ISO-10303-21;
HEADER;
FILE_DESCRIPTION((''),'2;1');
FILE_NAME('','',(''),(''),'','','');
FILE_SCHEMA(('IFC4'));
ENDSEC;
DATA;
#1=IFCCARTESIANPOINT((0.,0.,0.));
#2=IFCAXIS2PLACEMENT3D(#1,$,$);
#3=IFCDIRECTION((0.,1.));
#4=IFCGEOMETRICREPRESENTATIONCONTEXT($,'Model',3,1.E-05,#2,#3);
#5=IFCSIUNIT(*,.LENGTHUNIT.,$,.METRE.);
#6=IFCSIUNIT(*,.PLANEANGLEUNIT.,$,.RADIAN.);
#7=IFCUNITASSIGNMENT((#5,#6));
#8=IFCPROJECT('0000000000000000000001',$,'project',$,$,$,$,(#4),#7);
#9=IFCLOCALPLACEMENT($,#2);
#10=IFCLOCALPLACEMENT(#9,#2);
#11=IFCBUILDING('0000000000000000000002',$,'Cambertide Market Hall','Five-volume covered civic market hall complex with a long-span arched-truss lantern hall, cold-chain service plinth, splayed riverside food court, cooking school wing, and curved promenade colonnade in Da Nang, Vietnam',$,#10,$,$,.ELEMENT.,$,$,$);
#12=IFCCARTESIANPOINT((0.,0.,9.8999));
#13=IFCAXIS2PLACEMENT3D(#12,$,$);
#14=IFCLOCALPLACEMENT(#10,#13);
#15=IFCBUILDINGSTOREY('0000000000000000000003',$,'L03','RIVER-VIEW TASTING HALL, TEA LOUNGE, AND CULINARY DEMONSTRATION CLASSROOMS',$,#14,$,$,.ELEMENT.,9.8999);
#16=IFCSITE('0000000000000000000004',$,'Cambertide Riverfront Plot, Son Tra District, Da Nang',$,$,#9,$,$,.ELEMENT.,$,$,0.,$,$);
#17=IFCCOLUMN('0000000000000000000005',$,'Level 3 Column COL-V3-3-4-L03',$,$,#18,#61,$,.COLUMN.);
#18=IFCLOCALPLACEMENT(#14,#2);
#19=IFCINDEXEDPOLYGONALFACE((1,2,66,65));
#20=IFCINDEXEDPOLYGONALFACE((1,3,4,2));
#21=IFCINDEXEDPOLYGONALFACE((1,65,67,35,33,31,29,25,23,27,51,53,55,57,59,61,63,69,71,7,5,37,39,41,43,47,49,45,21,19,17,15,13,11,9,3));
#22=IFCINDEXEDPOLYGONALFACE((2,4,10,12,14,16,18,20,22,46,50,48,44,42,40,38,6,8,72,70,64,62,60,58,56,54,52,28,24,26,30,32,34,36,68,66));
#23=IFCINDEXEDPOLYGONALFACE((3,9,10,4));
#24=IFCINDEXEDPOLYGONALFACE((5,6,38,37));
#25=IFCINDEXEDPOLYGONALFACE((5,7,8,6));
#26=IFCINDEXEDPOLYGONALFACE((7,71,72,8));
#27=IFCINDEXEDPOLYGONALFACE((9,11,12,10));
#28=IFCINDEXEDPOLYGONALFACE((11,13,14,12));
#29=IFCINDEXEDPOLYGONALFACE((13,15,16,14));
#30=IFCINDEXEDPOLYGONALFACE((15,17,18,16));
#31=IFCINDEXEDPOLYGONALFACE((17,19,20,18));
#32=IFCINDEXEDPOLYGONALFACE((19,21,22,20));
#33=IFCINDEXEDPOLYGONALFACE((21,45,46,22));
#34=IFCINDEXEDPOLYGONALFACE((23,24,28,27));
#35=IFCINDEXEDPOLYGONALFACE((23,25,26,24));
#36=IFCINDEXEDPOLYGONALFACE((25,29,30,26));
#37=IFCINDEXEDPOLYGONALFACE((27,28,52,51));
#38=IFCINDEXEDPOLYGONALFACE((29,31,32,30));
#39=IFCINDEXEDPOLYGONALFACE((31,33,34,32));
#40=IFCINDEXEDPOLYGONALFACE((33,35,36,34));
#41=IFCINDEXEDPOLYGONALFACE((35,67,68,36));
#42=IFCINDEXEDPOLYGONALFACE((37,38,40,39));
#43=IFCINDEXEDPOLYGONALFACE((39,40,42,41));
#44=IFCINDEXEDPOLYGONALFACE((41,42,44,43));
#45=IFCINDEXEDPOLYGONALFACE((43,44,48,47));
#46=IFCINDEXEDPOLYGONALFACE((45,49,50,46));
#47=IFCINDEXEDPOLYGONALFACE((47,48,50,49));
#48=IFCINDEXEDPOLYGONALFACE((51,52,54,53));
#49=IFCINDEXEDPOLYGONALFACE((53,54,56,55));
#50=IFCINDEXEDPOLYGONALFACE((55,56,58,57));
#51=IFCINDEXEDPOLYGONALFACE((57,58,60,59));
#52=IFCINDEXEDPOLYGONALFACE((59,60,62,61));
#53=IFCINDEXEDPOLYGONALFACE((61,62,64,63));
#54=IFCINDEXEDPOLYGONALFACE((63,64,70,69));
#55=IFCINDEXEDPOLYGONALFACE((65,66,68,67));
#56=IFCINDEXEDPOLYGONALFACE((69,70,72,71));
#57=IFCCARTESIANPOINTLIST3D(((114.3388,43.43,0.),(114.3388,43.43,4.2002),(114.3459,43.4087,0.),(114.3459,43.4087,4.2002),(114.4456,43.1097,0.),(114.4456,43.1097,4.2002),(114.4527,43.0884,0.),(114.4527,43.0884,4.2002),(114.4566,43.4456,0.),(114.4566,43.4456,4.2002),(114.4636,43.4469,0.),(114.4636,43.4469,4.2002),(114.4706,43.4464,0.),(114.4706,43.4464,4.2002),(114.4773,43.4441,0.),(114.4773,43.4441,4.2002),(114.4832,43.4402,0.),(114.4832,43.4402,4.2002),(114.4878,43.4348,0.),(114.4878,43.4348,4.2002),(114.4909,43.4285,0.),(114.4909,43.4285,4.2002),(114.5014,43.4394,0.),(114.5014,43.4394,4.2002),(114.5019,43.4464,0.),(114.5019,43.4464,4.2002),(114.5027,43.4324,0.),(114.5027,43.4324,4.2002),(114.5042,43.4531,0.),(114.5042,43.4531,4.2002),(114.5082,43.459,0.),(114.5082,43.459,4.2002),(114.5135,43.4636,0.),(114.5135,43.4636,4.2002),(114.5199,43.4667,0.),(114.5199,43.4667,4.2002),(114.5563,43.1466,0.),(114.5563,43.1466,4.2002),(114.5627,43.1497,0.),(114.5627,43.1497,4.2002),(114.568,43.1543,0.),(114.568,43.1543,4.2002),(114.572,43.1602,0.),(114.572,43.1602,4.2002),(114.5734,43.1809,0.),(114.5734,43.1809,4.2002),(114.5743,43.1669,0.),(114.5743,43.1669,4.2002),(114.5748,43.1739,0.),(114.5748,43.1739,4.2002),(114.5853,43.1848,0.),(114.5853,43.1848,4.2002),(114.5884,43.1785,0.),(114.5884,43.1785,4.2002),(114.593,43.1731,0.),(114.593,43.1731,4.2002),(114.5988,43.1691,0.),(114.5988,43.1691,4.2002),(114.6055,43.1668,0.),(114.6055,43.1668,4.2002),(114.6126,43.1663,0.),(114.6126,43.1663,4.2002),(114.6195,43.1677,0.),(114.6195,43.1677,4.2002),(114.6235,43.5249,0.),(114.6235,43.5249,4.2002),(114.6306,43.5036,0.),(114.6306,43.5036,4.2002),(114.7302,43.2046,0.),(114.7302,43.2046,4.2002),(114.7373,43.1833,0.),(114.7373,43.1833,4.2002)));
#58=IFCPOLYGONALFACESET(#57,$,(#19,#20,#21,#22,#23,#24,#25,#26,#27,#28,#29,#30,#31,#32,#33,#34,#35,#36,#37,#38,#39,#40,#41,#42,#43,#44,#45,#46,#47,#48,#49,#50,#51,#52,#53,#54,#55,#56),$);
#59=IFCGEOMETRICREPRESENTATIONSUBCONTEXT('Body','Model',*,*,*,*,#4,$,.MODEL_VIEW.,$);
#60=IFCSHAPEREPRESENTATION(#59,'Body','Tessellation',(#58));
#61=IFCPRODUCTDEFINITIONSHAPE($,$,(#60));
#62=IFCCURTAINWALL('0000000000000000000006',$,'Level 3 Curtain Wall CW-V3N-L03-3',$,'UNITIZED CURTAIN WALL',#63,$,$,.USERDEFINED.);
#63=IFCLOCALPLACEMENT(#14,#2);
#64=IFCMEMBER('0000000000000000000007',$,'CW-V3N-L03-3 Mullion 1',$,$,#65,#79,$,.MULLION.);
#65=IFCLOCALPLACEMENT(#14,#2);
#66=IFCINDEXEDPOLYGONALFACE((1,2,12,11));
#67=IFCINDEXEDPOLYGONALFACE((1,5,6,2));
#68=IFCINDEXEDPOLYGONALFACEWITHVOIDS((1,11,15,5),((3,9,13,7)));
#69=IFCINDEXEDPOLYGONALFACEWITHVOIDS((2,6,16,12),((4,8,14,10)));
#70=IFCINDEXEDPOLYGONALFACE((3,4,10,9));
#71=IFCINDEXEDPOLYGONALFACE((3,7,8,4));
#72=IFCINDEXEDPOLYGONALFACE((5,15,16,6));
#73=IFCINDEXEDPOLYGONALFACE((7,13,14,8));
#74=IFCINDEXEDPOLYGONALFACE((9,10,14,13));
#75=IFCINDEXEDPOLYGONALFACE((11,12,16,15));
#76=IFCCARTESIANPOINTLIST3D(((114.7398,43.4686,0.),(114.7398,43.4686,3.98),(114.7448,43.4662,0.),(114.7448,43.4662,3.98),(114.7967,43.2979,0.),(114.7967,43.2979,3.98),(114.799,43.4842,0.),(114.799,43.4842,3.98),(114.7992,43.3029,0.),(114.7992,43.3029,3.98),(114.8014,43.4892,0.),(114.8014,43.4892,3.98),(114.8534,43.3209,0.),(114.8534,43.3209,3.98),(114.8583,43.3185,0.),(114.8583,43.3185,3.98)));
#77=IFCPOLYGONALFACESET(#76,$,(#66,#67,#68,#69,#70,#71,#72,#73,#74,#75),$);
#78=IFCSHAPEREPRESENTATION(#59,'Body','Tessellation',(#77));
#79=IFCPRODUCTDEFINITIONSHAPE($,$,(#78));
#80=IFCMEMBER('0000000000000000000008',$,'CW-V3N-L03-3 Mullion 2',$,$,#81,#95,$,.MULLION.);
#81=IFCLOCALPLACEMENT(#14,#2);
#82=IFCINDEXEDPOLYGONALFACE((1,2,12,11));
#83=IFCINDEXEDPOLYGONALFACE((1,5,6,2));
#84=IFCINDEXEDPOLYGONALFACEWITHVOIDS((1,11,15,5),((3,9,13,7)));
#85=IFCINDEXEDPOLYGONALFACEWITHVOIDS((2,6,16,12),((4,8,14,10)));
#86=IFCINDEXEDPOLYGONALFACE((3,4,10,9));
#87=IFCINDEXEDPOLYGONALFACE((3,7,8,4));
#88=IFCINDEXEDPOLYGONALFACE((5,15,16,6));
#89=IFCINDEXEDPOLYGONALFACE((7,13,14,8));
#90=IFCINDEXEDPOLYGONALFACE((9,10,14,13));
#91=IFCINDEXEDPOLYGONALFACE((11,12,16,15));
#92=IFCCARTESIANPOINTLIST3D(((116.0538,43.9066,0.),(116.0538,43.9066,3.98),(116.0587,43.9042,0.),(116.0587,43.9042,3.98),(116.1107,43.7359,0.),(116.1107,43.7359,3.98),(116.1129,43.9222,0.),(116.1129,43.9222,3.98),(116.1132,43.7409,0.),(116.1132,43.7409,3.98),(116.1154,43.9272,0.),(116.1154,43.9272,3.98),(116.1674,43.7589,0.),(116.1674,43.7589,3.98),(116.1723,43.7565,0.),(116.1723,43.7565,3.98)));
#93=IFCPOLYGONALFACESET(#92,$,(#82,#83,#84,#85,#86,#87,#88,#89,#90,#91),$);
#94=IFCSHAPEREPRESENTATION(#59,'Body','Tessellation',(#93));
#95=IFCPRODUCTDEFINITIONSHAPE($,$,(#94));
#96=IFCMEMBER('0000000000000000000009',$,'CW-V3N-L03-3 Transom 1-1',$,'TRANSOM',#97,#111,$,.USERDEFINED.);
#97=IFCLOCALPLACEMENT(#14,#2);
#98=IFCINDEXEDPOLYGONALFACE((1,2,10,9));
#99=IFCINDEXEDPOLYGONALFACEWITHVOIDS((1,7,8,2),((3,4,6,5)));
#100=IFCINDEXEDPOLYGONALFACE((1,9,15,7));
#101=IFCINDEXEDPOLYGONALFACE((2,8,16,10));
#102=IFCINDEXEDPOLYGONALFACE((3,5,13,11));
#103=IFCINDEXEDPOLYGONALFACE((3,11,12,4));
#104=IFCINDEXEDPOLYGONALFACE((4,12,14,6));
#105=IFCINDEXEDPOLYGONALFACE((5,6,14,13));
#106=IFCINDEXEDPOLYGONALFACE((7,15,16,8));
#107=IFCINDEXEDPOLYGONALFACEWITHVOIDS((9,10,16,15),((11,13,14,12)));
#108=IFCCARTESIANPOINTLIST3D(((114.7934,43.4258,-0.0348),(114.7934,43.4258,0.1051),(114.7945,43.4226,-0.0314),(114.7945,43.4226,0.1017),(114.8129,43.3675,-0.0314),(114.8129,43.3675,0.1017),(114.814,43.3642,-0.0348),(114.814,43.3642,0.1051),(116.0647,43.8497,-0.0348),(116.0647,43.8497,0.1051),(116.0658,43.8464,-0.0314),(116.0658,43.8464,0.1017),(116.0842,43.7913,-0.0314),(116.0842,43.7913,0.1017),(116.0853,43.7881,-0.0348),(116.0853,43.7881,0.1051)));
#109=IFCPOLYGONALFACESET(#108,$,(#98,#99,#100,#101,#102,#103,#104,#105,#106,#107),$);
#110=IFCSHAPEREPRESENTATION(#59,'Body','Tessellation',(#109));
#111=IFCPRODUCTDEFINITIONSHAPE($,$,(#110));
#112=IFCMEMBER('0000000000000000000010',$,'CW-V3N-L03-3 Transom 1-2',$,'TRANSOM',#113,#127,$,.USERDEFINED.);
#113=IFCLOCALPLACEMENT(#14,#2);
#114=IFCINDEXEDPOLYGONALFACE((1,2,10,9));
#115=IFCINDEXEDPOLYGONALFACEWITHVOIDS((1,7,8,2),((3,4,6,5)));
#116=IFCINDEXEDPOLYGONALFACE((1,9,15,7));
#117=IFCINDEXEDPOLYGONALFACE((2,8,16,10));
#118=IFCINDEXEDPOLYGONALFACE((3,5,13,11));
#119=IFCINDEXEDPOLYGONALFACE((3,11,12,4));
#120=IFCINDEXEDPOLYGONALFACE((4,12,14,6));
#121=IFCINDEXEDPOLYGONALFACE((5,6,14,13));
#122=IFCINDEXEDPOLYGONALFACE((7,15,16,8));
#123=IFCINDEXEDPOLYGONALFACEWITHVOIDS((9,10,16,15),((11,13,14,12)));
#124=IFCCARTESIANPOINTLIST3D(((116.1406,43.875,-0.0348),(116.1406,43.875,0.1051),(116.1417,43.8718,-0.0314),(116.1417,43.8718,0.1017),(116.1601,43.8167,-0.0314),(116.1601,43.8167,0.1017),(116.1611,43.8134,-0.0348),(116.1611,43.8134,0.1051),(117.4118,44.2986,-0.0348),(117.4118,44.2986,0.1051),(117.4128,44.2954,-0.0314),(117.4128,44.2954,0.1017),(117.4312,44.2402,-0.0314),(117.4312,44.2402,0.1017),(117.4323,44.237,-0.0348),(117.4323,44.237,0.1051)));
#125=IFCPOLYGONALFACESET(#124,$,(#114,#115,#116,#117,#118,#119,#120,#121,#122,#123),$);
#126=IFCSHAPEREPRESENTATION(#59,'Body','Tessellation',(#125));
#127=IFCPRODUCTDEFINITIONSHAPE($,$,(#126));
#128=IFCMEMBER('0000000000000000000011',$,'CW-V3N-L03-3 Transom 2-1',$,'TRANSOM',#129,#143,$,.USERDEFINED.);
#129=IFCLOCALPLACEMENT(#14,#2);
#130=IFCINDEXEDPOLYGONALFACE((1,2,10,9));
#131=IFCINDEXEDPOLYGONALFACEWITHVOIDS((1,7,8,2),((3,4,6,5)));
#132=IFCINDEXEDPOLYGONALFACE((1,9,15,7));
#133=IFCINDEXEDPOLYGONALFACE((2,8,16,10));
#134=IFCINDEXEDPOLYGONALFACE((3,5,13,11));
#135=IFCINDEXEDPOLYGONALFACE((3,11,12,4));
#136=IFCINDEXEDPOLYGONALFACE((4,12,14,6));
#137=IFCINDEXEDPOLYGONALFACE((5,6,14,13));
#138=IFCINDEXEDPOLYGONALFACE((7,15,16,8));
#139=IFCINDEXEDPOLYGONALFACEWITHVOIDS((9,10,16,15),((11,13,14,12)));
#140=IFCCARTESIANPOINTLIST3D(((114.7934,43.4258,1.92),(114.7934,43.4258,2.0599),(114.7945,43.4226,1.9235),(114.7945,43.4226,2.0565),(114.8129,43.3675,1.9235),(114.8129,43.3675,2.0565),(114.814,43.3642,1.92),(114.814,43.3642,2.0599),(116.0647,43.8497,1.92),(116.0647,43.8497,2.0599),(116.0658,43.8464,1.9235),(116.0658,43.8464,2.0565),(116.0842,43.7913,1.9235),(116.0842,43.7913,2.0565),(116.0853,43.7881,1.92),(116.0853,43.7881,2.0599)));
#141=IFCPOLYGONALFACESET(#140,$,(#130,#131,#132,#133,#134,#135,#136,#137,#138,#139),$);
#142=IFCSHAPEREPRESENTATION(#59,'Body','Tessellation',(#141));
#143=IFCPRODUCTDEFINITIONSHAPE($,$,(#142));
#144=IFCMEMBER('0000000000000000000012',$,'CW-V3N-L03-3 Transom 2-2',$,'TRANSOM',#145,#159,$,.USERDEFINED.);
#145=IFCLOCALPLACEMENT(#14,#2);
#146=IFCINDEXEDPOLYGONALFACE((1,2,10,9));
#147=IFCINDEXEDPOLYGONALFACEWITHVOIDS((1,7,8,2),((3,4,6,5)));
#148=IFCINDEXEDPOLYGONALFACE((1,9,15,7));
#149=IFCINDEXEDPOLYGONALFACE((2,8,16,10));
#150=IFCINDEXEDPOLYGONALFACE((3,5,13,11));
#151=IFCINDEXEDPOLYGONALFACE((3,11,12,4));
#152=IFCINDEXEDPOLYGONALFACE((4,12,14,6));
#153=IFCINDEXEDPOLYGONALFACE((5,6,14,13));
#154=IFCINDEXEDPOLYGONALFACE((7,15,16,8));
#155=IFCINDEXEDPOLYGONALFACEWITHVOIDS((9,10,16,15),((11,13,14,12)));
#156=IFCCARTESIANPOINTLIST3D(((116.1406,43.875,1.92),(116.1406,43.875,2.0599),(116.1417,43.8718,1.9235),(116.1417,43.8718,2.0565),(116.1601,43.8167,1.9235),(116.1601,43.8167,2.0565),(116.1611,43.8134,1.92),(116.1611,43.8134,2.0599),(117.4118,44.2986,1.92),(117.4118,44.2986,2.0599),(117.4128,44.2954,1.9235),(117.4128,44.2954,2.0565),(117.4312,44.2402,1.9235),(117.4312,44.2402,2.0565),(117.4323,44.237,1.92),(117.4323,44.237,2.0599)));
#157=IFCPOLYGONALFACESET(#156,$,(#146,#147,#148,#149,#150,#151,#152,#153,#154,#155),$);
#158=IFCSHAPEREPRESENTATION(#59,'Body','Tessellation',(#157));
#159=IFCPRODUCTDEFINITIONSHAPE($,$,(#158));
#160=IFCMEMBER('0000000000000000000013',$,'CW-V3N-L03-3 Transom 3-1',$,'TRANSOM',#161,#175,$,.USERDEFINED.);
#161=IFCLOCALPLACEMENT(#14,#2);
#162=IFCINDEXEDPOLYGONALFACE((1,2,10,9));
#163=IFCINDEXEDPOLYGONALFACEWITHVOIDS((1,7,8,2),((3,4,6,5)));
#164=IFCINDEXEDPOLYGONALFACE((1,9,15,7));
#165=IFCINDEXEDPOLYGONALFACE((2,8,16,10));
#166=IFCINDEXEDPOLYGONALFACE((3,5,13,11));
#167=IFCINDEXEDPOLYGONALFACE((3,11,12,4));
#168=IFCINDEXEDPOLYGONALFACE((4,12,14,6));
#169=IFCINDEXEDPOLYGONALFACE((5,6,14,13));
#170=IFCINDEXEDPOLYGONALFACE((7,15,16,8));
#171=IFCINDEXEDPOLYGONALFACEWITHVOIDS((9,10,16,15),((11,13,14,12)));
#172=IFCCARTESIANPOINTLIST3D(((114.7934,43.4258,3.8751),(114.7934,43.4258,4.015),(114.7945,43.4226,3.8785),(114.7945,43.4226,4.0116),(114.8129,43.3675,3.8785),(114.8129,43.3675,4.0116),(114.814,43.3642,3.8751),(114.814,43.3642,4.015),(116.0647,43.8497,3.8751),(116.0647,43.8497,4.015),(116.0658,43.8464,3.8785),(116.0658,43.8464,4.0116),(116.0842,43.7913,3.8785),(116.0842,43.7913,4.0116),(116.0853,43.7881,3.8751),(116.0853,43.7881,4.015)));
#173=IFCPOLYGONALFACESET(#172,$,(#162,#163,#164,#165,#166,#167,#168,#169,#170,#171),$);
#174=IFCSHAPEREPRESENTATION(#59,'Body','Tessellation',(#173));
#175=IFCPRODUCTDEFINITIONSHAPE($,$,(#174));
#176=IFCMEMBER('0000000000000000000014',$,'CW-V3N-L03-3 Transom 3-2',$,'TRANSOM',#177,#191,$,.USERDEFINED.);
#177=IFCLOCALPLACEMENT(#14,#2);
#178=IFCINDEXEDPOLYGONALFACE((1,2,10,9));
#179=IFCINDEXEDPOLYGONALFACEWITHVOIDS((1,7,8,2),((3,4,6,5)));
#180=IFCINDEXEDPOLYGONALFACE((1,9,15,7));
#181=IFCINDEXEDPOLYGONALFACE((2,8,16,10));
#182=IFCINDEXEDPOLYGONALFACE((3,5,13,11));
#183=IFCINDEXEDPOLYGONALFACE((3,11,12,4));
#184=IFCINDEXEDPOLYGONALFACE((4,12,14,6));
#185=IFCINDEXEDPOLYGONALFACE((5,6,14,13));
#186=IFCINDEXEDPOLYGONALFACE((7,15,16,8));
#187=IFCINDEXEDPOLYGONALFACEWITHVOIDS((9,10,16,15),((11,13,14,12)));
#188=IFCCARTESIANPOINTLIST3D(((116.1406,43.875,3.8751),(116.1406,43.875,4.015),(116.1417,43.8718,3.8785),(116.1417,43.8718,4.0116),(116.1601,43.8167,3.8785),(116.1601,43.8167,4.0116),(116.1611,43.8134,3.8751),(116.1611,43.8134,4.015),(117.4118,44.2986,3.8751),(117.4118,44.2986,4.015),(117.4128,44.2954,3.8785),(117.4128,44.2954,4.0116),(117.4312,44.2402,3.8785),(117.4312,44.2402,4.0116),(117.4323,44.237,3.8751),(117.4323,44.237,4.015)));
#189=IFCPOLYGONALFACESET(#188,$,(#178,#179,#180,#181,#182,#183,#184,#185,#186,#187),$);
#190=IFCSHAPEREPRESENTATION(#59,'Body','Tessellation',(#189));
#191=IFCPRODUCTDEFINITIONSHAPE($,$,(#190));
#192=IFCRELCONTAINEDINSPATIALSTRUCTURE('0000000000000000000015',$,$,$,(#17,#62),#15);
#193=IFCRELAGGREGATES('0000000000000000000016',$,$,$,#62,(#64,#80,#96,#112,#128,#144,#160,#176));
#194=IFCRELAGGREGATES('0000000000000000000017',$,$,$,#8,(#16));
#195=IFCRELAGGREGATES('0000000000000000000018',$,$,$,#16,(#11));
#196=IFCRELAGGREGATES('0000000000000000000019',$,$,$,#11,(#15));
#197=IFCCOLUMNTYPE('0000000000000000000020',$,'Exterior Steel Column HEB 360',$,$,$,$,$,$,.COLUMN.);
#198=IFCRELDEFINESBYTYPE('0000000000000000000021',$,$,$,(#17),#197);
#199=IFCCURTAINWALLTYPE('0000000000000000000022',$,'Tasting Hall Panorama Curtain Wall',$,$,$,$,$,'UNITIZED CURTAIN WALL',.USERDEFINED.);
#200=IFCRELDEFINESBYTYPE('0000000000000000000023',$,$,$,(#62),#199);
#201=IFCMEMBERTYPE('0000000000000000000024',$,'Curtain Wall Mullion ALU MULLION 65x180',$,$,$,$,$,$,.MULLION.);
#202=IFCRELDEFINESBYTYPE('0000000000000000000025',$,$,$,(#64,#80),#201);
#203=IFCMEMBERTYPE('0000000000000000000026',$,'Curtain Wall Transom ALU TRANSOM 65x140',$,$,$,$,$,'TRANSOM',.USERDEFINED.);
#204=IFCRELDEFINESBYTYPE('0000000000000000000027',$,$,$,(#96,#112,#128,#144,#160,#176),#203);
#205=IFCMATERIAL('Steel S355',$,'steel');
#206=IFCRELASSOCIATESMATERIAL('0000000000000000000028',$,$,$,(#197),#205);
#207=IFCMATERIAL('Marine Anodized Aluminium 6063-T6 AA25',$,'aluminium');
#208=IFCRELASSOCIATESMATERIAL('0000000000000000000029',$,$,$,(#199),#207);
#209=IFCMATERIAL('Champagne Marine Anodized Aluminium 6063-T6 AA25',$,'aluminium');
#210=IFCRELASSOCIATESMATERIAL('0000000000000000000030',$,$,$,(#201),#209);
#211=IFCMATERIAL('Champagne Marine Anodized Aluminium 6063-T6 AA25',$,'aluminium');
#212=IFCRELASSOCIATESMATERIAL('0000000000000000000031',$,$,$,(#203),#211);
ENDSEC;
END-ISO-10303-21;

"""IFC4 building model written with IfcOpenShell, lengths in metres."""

from ifc_helpers import new_model, si_unit, direction, frame, origin, origin_2d, place, context, subcontext, project, spatial, hollow_rectangle, i_section, extrude, material, material_profile, profile_set, type_object, element, aggregate, save


model = new_model("IFC4")

# Units and contexts
model_context = context("Model", 3, precision=1e-05, world=origin(), true_north=direction((0.0, 1.0)))
body_context = subcontext(model_context, "Body", "Model", "MODEL_VIEW")
ifc_project = project(units=[si_unit("LENGTHUNIT", "METRE"), si_unit("PLANEANGLEUNIT", "RADIAN")], contexts=[model_context])

# Site, building, storey
site_placement = place(None, origin())
site = spatial("IfcSite", under=ifc_project, at=site_placement, Name="Cambertide Riverfront Plot, Son Tra District, Da Nang", CompositionType="ELEMENT", RefElevation=0.0)
building_placement = place(site_placement, origin())
building = spatial("IfcBuilding", under=site, at=building_placement, Name="Cambertide Market Hall", Description="Five-volume covered civic market hall complex with a long-span arched-truss lantern hall, cold-chain service plinth, splayed riverside food court, cooking school wing, and curved promenade colonnade in Da Nang, Vietnam", CompositionType="ELEMENT")
storey_placement = place(building_placement, frame((0.0, 0.0, 9.8999)))
storey = spatial("IfcBuildingStorey", under=building, at=storey_placement, Name="L03", Description="RIVER-VIEW TASTING HALL, TEA LOUNGE, AND CULINARY DEMONSTRATION CLASSROOMS", CompositionType="ELEMENT", Elevation=9.8999)

# Column
ifc_material_1 = material(Name="Steel S355", Category="steel")
ifc_material_profile_1 = material_profile(ifc_material_1, i_section(OverallWidth=0.3, OverallDepth=0.3601, WebThickness=0.0125, FlangeThickness=0.0225, FilletRadius=0.0271, at=origin_2d()), Name="HEB 360")
ifc_profile_set_1 = profile_set([ifc_material_profile_1], Name="Steel S355")
column_type = type_object("IfcColumnType", Name="Exterior Steel Column HEB 360", PredefinedType="COLUMN", material=ifc_profile_set_1)
column_placement = place(storey_placement, frame((114.5381, 43.3066, 0.0), z_axis=(0.0, 0.0, 1.0), x_axis=(0.948683, 0.316228, 0.0)))
element("IfcColumn", 1, at=column_placement, inside=storey, type_object=column_type, Name="Level 3 Column COL-V3-3-4-L03", PredefinedType="COLUMN", context=body_context, shape_type="SweptSolid", body=[
    extrude(i_section(OverallWidth=0.3, OverallDepth=0.3601, WebThickness=0.0125, FlangeThickness=0.0225, FilletRadius=0.0271, at=origin_2d()), origin(), (0.0, 0.0, 1.0), 4.2002),
])

# Curtain wall, members
ifc_material_2 = material(Name="Marine Anodized Aluminium 6063-T6 AA25", Category="aluminium")
curtain_wall_type = type_object("IfcCurtainWallType", Name="Tasting Hall Panorama Curtain Wall", ElementType="UNITIZED CURTAIN WALL", PredefinedType="USERDEFINED", material=ifc_material_2)
curtain_wall_placement = place(storey_placement, origin())
curtain_wall = element("IfcCurtainWall", 2, at=curtain_wall_placement, inside=storey, type_object=curtain_wall_type, Name="Level 3 Curtain Wall CW-V3N-L03-3", ObjectType="UNITIZED CURTAIN WALL", PredefinedType="USERDEFINED")
ifc_material_3 = material(Name="Champagne Marine Anodized Aluminium 6063-T6 AA25", Category="aluminium")
ifc_material_profile_2 = material_profile(ifc_material_3, hollow_rectangle(XDim=0.0649, YDim=0.1799, WallThickness=0.0039, at=origin_2d()), Name="ALU MULLION 65x180")
ifc_profile_set_2 = profile_set([ifc_material_profile_2], Name="Champagne Marine Anodized Aluminium 6063-T6 AA25")
member_type_1 = type_object("IfcMemberType", Name="Curtain Wall Mullion ALU MULLION 65x180", PredefinedType="MULLION", material=ifc_profile_set_2)
member_1_placement = place(storey_placement, frame((114.7991, 43.3936, 0.0), z_axis=(0.0, 0.0, 1.0), x_axis=(0.948683, 0.316228, 0.0)))
member_1 = element("IfcMember", 3, at=member_1_placement, type_object=member_type_1, Name="CW-V3N-L03-3 Mullion 1", PredefinedType="MULLION", context=body_context, shape_type="SweptSolid", body=[
    extrude(hollow_rectangle(XDim=0.0649, YDim=0.1799, WallThickness=0.0039, at=origin_2d()), origin(), (0.0, 0.0, 1.0), 3.98),
])
member_2_placement = place(storey_placement, frame((116.113, 43.8315, 0.0), z_axis=(0.0, 0.0, 1.0), x_axis=(0.948683, 0.316228, 0.0)))
member_2 = element("IfcMember", 4, at=member_2_placement, type_object=member_type_1, Name="CW-V3N-L03-3 Mullion 2", PredefinedType="MULLION", context=body_context, shape_type="SweptSolid", body=[
    extrude(hollow_rectangle(XDim=0.0649, YDim=0.1799, WallThickness=0.0039, at=origin_2d()), origin(), (0.0, 0.0, 1.0), 3.98),
])
ifc_material_4 = material(Name="Champagne Marine Anodized Aluminium 6063-T6 AA25", Category="aluminium")
ifc_material_profile_3 = material_profile(ifc_material_4, hollow_rectangle(XDim=0.0649, YDim=0.1399, WallThickness=0.0034, at=origin_2d()), Name="ALU TRANSOM 65x140")
ifc_profile_set_3 = profile_set([ifc_material_profile_3], Name="Champagne Marine Anodized Aluminium 6063-T6 AA25")
member_type_2 = type_object("IfcMemberType", Name="Curtain Wall Transom ALU TRANSOM 65x140", ElementType="TRANSOM", PredefinedType="USERDEFINED", material=ifc_profile_set_3)
member_3_placement = place(storey_placement, frame((114.8037, 43.395, 0.0352), z_axis=(0.948665, 0.316282, 0.0), x_axis=(-0.316282, 0.948665, 0.0)))
member_3 = element("IfcMember", 5, at=member_3_placement, type_object=member_type_2, Name="CW-V3N-L03-3 Transom 1-1", ObjectType="TRANSOM", PredefinedType="USERDEFINED", context=body_context, shape_type="SweptSolid", body=[
    extrude(hollow_rectangle(XDim=0.0649, YDim=0.1399, WallThickness=0.0034, at=origin_2d()), origin(), (0.0, 0.0, 1.0), 1.3401),
])
member_4_placement = place(storey_placement, frame((116.1509, 43.8442, 0.0352), z_axis=(0.94872, 0.316118, 0.0), x_axis=(-0.316118, 0.94872, 0.0)))
member_4 = element("IfcMember", 6, at=member_4_placement, type_object=member_type_2, Name="CW-V3N-L03-3 Transom 1-2", ObjectType="TRANSOM", PredefinedType="USERDEFINED", context=body_context, shape_type="SweptSolid", body=[
    extrude(hollow_rectangle(XDim=0.0649, YDim=0.1399, WallThickness=0.0034, at=origin_2d()), origin(), (0.0, 0.0, 1.0), 1.3398),
])
member_5_placement = place(storey_placement, frame((114.8037, 43.395, 1.99), z_axis=(0.948665, 0.316282, 0.0), x_axis=(-0.316282, 0.948665, 0.0)))
member_5 = element("IfcMember", 7, at=member_5_placement, type_object=member_type_2, Name="CW-V3N-L03-3 Transom 2-1", ObjectType="TRANSOM", PredefinedType="USERDEFINED", context=body_context, shape_type="SweptSolid", body=[
    extrude(hollow_rectangle(XDim=0.0649, YDim=0.1399, WallThickness=0.0034, at=origin_2d()), origin(), (0.0, 0.0, 1.0), 1.3401),
])
member_6_placement = place(storey_placement, frame((116.1509, 43.8442, 1.99), z_axis=(0.94872, 0.316118, 0.0), x_axis=(-0.316118, 0.94872, 0.0)))
member_6 = element("IfcMember", 8, at=member_6_placement, type_object=member_type_2, Name="CW-V3N-L03-3 Transom 2-2", ObjectType="TRANSOM", PredefinedType="USERDEFINED", context=body_context, shape_type="SweptSolid", body=[
    extrude(hollow_rectangle(XDim=0.0649, YDim=0.1399, WallThickness=0.0034, at=origin_2d()), origin(), (0.0, 0.0, 1.0), 1.3398),
])
member_7_placement = place(storey_placement, frame((114.8037, 43.395, 3.9451), z_axis=(0.948665, 0.316282, 0.0), x_axis=(-0.316282, 0.948665, 0.0)))
member_7 = element("IfcMember", 9, at=member_7_placement, type_object=member_type_2, Name="CW-V3N-L03-3 Transom 3-1", ObjectType="TRANSOM", PredefinedType="USERDEFINED", context=body_context, shape_type="SweptSolid", body=[
    extrude(hollow_rectangle(XDim=0.0649, YDim=0.1399, WallThickness=0.0034, at=origin_2d()), origin(), (0.0, 0.0, 1.0), 1.3401),
])
member_8_placement = place(storey_placement, frame((116.1509, 43.8442, 3.9451), z_axis=(0.94872, 0.316118, 0.0), x_axis=(-0.316118, 0.94872, 0.0)))
member_8 = element("IfcMember", 10, at=member_8_placement, type_object=member_type_2, Name="CW-V3N-L03-3 Transom 3-2", ObjectType="TRANSOM", PredefinedType="USERDEFINED", context=body_context, shape_type="SweptSolid", body=[
    extrude(hollow_rectangle(XDim=0.0649, YDim=0.1399, WallThickness=0.0034, at=origin_2d()), origin(), (0.0, 0.0, 1.0), 1.3398),
])

aggregate(curtain_wall, [member_1, member_2, member_3, member_4, member_5, member_6, member_7, member_8])

save(model, "model.ifc")
